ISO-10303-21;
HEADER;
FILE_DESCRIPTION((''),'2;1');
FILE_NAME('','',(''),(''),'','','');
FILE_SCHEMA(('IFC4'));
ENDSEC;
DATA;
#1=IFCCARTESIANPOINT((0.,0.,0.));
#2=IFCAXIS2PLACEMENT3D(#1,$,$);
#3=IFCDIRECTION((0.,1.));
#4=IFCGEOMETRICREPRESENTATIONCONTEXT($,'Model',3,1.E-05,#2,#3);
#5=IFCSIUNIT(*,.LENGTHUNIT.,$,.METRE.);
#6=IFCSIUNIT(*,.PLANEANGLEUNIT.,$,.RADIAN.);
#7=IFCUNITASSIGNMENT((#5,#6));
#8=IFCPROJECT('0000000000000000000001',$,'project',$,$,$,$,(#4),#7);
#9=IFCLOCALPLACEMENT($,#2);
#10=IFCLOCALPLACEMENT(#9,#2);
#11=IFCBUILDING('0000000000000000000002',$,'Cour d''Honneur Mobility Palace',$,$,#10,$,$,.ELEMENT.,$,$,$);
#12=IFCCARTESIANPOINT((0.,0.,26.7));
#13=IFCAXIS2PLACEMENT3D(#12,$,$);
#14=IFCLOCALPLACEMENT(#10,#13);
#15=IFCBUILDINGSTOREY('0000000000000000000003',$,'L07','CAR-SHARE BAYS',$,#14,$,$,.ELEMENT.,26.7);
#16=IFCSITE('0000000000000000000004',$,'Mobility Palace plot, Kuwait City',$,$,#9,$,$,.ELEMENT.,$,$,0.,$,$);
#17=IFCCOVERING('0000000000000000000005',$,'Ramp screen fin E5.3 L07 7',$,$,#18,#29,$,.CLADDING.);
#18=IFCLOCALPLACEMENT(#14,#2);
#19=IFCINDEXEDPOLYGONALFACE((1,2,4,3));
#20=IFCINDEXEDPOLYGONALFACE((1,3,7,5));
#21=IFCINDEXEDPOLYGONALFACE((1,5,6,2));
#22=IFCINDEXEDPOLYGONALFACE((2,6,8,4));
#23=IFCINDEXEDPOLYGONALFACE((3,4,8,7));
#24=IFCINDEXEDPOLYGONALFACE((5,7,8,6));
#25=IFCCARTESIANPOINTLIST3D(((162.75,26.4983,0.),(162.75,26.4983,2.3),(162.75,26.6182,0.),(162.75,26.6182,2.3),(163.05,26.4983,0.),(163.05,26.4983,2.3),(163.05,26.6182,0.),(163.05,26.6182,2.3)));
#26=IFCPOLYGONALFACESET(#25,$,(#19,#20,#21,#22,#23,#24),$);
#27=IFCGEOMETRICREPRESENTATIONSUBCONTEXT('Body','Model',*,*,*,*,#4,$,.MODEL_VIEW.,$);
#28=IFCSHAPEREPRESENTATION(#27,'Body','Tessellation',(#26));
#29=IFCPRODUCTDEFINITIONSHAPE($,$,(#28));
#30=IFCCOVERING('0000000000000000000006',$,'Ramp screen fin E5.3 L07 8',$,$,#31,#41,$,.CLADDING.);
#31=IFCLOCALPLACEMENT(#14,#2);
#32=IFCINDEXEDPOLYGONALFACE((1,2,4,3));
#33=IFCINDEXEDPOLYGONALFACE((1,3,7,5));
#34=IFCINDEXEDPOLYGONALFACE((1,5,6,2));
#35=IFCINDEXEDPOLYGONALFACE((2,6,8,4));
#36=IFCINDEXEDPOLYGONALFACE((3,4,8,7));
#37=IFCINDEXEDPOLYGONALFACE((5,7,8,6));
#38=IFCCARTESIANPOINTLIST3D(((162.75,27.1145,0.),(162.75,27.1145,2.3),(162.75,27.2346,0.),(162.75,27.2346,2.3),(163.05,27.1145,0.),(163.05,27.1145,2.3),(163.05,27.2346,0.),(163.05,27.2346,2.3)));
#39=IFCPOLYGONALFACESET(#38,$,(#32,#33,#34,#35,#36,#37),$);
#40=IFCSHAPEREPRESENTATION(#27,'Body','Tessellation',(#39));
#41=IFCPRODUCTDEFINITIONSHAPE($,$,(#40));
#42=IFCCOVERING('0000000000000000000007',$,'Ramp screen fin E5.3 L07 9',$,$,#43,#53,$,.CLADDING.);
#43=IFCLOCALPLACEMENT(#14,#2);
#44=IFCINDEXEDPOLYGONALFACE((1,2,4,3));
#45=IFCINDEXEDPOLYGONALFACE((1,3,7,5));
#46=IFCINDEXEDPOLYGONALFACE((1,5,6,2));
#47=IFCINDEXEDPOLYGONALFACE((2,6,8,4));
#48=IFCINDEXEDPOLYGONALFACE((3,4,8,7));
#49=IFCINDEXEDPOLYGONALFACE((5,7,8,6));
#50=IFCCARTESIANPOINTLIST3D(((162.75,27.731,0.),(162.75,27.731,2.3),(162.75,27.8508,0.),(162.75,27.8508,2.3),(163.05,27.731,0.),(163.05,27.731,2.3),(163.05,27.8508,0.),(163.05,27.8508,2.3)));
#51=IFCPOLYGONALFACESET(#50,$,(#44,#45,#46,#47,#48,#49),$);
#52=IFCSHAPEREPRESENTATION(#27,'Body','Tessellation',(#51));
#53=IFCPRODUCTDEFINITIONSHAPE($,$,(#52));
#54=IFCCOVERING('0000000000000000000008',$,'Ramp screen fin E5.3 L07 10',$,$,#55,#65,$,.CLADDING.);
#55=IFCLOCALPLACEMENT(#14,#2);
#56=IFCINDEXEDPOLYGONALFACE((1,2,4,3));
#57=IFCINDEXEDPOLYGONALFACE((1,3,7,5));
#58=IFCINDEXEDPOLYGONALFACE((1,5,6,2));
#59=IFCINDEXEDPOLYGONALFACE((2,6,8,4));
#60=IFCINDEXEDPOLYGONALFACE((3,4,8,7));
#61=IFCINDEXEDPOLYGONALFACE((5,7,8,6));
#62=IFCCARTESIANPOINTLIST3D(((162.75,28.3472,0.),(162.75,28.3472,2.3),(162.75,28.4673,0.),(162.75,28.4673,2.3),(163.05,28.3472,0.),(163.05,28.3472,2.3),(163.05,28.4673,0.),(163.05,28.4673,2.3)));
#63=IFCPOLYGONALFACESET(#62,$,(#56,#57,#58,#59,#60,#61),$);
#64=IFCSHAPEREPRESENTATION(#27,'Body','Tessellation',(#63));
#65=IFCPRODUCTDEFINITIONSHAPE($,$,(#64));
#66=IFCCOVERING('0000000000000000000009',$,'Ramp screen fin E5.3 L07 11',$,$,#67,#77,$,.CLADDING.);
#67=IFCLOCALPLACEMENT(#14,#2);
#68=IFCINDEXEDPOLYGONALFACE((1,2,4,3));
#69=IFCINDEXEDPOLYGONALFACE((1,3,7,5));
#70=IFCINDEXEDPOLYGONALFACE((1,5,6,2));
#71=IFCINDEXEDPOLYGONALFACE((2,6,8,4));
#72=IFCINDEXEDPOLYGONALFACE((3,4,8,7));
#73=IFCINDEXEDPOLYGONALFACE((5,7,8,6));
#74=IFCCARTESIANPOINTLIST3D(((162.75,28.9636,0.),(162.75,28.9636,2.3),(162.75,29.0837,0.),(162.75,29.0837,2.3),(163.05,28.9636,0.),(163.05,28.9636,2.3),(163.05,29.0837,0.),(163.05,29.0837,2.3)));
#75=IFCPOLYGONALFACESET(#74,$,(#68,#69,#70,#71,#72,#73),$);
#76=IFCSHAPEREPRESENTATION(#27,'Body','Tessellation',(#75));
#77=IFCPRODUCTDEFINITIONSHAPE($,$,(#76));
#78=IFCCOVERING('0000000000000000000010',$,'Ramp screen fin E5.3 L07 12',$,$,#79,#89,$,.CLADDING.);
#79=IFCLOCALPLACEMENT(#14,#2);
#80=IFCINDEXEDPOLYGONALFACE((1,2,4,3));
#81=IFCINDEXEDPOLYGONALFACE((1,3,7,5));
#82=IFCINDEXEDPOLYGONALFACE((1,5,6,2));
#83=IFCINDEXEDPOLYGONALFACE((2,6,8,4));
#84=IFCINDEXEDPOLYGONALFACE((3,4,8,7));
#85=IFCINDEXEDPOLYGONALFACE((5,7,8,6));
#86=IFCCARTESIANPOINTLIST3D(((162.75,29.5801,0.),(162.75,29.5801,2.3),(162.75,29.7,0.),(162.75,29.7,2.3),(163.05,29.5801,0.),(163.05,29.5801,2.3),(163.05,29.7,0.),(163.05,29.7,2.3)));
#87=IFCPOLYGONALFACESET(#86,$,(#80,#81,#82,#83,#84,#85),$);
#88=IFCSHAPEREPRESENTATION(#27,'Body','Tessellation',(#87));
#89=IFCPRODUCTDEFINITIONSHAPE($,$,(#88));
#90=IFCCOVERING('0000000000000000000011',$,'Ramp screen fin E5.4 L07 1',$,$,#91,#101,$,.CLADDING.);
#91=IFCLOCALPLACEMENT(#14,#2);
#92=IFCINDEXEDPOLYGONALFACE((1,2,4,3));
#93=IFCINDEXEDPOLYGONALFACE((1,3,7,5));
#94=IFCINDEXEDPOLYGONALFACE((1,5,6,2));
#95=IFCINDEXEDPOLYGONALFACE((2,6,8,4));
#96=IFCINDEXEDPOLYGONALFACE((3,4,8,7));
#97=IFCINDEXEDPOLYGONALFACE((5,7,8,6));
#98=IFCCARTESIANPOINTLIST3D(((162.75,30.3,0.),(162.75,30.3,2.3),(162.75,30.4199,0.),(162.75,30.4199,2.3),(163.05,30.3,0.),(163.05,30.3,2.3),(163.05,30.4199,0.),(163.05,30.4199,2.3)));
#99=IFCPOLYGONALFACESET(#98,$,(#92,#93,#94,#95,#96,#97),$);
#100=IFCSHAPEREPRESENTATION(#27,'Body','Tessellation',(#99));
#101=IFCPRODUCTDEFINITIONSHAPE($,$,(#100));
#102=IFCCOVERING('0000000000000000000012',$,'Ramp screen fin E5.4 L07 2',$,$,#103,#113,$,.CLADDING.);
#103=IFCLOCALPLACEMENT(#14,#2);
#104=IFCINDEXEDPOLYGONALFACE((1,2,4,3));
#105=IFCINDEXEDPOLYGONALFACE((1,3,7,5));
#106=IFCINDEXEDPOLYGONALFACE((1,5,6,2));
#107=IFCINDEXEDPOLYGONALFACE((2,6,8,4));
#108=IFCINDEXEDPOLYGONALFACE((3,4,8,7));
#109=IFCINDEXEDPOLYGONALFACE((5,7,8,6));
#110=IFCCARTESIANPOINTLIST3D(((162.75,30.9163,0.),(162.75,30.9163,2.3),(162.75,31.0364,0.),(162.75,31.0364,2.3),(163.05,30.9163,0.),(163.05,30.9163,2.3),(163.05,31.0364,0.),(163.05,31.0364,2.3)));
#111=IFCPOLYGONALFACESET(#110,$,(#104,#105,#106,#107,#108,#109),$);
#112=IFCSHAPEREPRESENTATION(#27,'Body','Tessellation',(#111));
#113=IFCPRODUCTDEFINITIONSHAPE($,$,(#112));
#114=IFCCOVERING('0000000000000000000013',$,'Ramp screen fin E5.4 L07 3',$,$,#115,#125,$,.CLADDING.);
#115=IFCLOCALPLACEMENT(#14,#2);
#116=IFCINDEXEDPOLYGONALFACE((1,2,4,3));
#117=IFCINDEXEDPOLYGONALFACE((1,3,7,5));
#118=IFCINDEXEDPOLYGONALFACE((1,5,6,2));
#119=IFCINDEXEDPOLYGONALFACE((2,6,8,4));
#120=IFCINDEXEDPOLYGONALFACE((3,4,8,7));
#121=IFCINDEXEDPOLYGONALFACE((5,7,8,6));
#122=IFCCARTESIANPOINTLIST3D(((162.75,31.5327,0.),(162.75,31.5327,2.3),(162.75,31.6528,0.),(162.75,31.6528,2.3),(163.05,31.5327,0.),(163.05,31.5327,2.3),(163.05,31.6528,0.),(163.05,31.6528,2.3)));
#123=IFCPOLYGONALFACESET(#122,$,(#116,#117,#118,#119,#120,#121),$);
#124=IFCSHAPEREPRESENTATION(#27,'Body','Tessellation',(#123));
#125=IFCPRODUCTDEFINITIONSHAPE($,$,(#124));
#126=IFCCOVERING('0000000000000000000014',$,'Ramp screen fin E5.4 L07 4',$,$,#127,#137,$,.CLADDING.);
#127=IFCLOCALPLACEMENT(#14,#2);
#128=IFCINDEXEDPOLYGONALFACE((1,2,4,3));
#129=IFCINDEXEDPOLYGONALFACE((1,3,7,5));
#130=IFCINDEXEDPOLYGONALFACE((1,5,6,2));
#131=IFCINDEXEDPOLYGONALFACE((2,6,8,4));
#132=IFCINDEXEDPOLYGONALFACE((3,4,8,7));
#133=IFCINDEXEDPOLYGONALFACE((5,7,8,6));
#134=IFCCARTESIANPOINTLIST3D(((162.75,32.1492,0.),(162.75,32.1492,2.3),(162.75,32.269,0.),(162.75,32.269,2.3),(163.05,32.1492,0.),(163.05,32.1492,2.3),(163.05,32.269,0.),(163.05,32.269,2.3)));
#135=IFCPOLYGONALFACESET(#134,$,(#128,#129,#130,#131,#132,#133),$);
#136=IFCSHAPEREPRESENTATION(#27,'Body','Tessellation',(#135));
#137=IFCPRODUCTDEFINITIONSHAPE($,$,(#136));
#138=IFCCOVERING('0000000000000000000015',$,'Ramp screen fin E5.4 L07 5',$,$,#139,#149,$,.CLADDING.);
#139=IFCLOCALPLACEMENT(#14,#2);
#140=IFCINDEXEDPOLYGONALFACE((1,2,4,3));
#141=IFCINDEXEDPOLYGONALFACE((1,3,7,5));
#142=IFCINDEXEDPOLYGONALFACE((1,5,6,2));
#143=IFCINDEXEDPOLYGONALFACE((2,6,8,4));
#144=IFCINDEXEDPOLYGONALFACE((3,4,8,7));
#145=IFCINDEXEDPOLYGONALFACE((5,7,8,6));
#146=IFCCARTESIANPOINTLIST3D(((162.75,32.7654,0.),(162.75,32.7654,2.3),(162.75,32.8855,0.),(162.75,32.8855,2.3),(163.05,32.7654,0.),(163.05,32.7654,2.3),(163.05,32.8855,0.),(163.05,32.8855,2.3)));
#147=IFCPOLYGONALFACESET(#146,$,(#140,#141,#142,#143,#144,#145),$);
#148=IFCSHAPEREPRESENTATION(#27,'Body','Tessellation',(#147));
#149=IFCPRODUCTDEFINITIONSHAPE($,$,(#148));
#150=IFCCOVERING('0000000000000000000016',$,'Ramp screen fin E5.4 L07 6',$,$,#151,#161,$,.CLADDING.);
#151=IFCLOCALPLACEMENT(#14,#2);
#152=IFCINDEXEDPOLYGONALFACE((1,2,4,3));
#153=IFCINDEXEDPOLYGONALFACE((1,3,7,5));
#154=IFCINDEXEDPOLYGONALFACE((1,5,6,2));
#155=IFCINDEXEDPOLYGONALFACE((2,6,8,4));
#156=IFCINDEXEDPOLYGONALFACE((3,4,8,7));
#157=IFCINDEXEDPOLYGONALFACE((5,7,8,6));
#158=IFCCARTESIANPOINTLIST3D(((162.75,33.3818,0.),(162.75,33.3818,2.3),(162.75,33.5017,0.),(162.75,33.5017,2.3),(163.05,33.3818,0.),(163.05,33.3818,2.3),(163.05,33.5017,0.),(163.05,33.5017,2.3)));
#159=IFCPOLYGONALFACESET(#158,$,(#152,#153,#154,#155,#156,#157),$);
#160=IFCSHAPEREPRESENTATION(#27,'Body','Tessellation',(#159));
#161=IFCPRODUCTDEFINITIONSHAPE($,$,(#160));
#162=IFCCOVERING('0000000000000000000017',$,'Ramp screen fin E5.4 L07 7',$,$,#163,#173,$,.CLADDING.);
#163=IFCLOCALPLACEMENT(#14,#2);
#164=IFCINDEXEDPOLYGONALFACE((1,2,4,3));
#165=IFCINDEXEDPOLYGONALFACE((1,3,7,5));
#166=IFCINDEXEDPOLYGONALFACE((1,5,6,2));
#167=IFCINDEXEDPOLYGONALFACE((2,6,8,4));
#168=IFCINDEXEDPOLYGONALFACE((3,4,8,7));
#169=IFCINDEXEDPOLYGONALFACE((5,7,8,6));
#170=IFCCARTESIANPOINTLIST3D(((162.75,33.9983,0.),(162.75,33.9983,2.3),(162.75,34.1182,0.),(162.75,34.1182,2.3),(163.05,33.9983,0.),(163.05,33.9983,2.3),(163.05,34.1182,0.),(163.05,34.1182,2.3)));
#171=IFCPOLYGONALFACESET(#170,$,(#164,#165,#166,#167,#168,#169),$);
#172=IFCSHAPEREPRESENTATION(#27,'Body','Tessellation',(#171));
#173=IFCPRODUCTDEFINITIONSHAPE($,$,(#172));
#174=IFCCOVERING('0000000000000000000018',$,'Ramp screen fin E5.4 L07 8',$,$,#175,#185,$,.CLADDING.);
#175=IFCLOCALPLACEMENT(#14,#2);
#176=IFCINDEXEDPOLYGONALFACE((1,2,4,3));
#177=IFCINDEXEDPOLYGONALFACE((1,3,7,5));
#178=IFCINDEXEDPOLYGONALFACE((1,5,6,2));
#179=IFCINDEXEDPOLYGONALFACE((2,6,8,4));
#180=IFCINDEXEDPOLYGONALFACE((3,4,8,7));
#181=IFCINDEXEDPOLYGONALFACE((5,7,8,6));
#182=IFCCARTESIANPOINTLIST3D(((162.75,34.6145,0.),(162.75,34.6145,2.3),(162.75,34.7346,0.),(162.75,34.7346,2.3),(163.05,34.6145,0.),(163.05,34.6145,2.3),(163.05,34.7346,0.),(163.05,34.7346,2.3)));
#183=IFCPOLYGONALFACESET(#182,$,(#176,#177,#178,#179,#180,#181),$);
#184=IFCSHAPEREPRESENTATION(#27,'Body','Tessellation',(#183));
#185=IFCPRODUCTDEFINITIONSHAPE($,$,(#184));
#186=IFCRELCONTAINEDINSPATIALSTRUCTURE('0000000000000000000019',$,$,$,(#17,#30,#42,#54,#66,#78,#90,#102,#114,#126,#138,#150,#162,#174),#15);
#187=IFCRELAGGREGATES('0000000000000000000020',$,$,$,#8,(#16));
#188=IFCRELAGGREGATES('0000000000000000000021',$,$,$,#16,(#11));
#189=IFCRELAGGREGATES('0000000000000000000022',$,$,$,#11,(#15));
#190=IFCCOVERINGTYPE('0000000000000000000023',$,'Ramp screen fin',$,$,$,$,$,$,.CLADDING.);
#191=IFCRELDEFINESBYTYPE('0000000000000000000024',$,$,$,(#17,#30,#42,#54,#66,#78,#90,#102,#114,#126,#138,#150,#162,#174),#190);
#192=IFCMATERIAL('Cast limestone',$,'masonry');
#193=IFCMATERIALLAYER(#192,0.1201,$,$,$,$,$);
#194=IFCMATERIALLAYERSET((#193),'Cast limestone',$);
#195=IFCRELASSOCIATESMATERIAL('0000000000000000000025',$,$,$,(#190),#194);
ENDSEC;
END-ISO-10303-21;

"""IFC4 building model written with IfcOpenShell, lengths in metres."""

from ifc_helpers import new_model, si_unit, direction, frame, origin, place, context, subcontext, project, spatial, polyline, outline, extrude, material, layer, layer_set, type_object, element, save


model = new_model("IFC4")

# Units and contexts
model_context = context("Model", 3, precision=1e-05, world=origin(), true_north=direction((0.0, 1.0)))
body_context = subcontext(model_context, "Body", "Model", "MODEL_VIEW")
ifc_project = project(units=[si_unit("LENGTHUNIT", "METRE"), si_unit("PLANEANGLEUNIT", "RADIAN")], contexts=[model_context])

# Site, building, storey
site_placement = place(None, origin())
site = spatial("IfcSite", under=ifc_project, at=site_placement, Name="Mobility Palace plot, Kuwait City", CompositionType="ELEMENT", RefElevation=0.0)
building_placement = place(site_placement, origin())
building = spatial("IfcBuilding", under=site, at=building_placement, Name="Cour d'Honneur Mobility Palace", CompositionType="ELEMENT")
storey_placement = place(building_placement, frame((0.0, 0.0, 26.7)))
storey = spatial("IfcBuildingStorey", under=building, at=storey_placement, Name="L07", Description="CAR-SHARE BAYS", CompositionType="ELEMENT", Elevation=26.7)

# Coverings
ifc_material = material(Name="Cast limestone", Category="masonry")
ifc_layer = layer(ifc_material, 0.1201)
ifc_layer_set = layer_set([ifc_layer], Name="Cast limestone")
covering_type = type_object("IfcCoveringType", Name="Ramp screen fin", PredefinedType="CLADDING", material=ifc_layer_set)
covering_1_placement = place(storey_placement, origin())
element("IfcCovering", 1, at=covering_1_placement, inside=storey, type_object=covering_type, Name="Ramp screen fin E5.3 L07 7", PredefinedType="CLADDING", context=body_context, shape_type="SweptSolid", body=[
    extrude(outline(polyline([(162.75, 26.4983), (162.75, 26.6182), (163.05, 26.6182), (163.05, 26.4983), (162.75, 26.4983)])), origin(), (0.0, 0.0, 1.0), 2.3),
])
covering_2_placement = place(storey_placement, origin())
element("IfcCovering", 2, at=covering_2_placement, inside=storey, type_object=covering_type, Name="Ramp screen fin E5.3 L07 8", PredefinedType="CLADDING", context=body_context, shape_type="SweptSolid", body=[
    extrude(outline(polyline([(162.75, 27.1145), (162.75, 27.2346), (163.05, 27.2346), (163.05, 27.1145), (162.75, 27.1145)])), origin(), (0.0, 0.0, 1.0), 2.3),
])
covering_3_placement = place(storey_placement, origin())
element("IfcCovering", 3, at=covering_3_placement, inside=storey, type_object=covering_type, Name="Ramp screen fin E5.3 L07 9", PredefinedType="CLADDING", context=body_context, shape_type="SweptSolid", body=[
    extrude(outline(polyline([(162.75, 27.731), (162.75, 27.8508), (163.05, 27.8508), (163.05, 27.731), (162.75, 27.731)])), origin(), (0.0, 0.0, 1.0), 2.3),
])
covering_4_placement = place(storey_placement, origin())
element("IfcCovering", 4, at=covering_4_placement, inside=storey, type_object=covering_type, Name="Ramp screen fin E5.3 L07 10", PredefinedType="CLADDING", context=body_context, shape_type="SweptSolid", body=[
    extrude(outline(polyline([(162.75, 28.3472), (162.75, 28.4673), (163.05, 28.4673), (163.05, 28.3472), (162.75, 28.3472)])), origin(), (0.0, 0.0, 1.0), 2.3),
])
covering_5_placement = place(storey_placement, origin())
element("IfcCovering", 5, at=covering_5_placement, inside=storey, type_object=covering_type, Name="Ramp screen fin E5.3 L07 11", PredefinedType="CLADDING", context=body_context, shape_type="SweptSolid", body=[
    extrude(outline(polyline([(162.75, 28.9636), (162.75, 29.0837), (163.05, 29.0837), (163.05, 28.9636), (162.75, 28.9636)])), origin(), (0.0, 0.0, 1.0), 2.3),
])
covering_6_placement = place(storey_placement, origin())
element("IfcCovering", 6, at=covering_6_placement, inside=storey, type_object=covering_type, Name="Ramp screen fin E5.3 L07 12", PredefinedType="CLADDING", context=body_context, shape_type="SweptSolid", body=[
    extrude(outline(polyline([(162.75, 29.5801), (162.75, 29.7), (163.05, 29.7), (163.05, 29.5801), (162.75, 29.5801)])), origin(), (0.0, 0.0, 1.0), 2.3),
])
covering_7_placement = place(storey_placement, origin())
element("IfcCovering", 7, at=covering_7_placement, inside=storey, type_object=covering_type, Name="Ramp screen fin E5.4 L07 1", PredefinedType="CLADDING", context=body_context, shape_type="SweptSolid", body=[
    extrude(outline(polyline([(162.75, 30.3), (162.75, 30.4199), (163.05, 30.4199), (163.05, 30.3), (162.75, 30.3)])), origin(), (0.0, 0.0, 1.0), 2.3),
])
covering_8_placement = place(storey_placement, origin())
element("IfcCovering", 8, at=covering_8_placement, inside=storey, type_object=covering_type, Name="Ramp screen fin E5.4 L07 2", PredefinedType="CLADDING", context=body_context, shape_type="SweptSolid", body=[
    extrude(outline(polyline([(162.75, 30.9163), (162.75, 31.0364), (163.05, 31.0364), (163.05, 30.9163), (162.75, 30.9163)])), origin(), (0.0, 0.0, 1.0), 2.3),
])
covering_9_placement = place(storey_placement, origin())
element("IfcCovering", 9, at=covering_9_placement, inside=storey, type_object=covering_type, Name="Ramp screen fin E5.4 L07 3", PredefinedType="CLADDING", context=body_context, shape_type="SweptSolid", body=[
    extrude(outline(polyline([(162.75, 31.5327), (162.75, 31.6528), (163.05, 31.6528), (163.05, 31.5327), (162.75, 31.5327)])), origin(), (0.0, 0.0, 1.0), 2.3),
])
covering_10_placement = place(storey_placement, origin())
element("IfcCovering", 10, at=covering_10_placement, inside=storey, type_object=covering_type, Name="Ramp screen fin E5.4 L07 4", PredefinedType="CLADDING", context=body_context, shape_type="SweptSolid", body=[
    extrude(outline(polyline([(162.75, 32.1492), (162.75, 32.269), (163.05, 32.269), (163.05, 32.1492), (162.75, 32.1492)])), origin(), (0.0, 0.0, 1.0), 2.3),
])
covering_11_placement = place(storey_placement, origin())
element("IfcCovering", 11, at=covering_11_placement, inside=storey, type_object=covering_type, Name="Ramp screen fin E5.4 L07 5", PredefinedType="CLADDING", context=body_context, shape_type="SweptSolid", body=[
    extrude(outline(polyline([(162.75, 32.7654), (162.75, 32.8855), (163.05, 32.8855), (163.05, 32.7654), (162.75, 32.7654)])), origin(), (0.0, 0.0, 1.0), 2.3),
])
covering_12_placement = place(storey_placement, origin())
element("IfcCovering", 12, at=covering_12_placement, inside=storey, type_object=covering_type, Name="Ramp screen fin E5.4 L07 6", PredefinedType="CLADDING", context=body_context, shape_type="SweptSolid", body=[
    extrude(outline(polyline([(162.75, 33.3818), (162.75, 33.5017), (163.05, 33.5017), (163.05, 33.3818), (162.75, 33.3818)])), origin(), (0.0, 0.0, 1.0), 2.3),
])
covering_13_placement = place(storey_placement, origin())
element("IfcCovering", 13, at=covering_13_placement, inside=storey, type_object=covering_type, Name="Ramp screen fin E5.4 L07 7", PredefinedType="CLADDING", context=body_context, shape_type="SweptSolid", body=[
    extrude(outline(polyline([(162.75, 33.9983), (162.75, 34.1182), (163.05, 34.1182), (163.05, 33.9983), (162.75, 33.9983)])), origin(), (0.0, 0.0, 1.0), 2.3),
])
covering_14_placement = place(storey_placement, origin())
element("IfcCovering", 14, at=covering_14_placement, inside=storey, type_object=covering_type, Name="Ramp screen fin E5.4 L07 8", PredefinedType="CLADDING", context=body_context, shape_type="SweptSolid", body=[
    extrude(outline(polyline([(162.75, 34.6145), (162.75, 34.7346), (163.05, 34.7346), (163.05, 34.6145), (162.75, 34.6145)])), origin(), (0.0, 0.0, 1.0), 2.3),
])

save(model, "model.ifc")
